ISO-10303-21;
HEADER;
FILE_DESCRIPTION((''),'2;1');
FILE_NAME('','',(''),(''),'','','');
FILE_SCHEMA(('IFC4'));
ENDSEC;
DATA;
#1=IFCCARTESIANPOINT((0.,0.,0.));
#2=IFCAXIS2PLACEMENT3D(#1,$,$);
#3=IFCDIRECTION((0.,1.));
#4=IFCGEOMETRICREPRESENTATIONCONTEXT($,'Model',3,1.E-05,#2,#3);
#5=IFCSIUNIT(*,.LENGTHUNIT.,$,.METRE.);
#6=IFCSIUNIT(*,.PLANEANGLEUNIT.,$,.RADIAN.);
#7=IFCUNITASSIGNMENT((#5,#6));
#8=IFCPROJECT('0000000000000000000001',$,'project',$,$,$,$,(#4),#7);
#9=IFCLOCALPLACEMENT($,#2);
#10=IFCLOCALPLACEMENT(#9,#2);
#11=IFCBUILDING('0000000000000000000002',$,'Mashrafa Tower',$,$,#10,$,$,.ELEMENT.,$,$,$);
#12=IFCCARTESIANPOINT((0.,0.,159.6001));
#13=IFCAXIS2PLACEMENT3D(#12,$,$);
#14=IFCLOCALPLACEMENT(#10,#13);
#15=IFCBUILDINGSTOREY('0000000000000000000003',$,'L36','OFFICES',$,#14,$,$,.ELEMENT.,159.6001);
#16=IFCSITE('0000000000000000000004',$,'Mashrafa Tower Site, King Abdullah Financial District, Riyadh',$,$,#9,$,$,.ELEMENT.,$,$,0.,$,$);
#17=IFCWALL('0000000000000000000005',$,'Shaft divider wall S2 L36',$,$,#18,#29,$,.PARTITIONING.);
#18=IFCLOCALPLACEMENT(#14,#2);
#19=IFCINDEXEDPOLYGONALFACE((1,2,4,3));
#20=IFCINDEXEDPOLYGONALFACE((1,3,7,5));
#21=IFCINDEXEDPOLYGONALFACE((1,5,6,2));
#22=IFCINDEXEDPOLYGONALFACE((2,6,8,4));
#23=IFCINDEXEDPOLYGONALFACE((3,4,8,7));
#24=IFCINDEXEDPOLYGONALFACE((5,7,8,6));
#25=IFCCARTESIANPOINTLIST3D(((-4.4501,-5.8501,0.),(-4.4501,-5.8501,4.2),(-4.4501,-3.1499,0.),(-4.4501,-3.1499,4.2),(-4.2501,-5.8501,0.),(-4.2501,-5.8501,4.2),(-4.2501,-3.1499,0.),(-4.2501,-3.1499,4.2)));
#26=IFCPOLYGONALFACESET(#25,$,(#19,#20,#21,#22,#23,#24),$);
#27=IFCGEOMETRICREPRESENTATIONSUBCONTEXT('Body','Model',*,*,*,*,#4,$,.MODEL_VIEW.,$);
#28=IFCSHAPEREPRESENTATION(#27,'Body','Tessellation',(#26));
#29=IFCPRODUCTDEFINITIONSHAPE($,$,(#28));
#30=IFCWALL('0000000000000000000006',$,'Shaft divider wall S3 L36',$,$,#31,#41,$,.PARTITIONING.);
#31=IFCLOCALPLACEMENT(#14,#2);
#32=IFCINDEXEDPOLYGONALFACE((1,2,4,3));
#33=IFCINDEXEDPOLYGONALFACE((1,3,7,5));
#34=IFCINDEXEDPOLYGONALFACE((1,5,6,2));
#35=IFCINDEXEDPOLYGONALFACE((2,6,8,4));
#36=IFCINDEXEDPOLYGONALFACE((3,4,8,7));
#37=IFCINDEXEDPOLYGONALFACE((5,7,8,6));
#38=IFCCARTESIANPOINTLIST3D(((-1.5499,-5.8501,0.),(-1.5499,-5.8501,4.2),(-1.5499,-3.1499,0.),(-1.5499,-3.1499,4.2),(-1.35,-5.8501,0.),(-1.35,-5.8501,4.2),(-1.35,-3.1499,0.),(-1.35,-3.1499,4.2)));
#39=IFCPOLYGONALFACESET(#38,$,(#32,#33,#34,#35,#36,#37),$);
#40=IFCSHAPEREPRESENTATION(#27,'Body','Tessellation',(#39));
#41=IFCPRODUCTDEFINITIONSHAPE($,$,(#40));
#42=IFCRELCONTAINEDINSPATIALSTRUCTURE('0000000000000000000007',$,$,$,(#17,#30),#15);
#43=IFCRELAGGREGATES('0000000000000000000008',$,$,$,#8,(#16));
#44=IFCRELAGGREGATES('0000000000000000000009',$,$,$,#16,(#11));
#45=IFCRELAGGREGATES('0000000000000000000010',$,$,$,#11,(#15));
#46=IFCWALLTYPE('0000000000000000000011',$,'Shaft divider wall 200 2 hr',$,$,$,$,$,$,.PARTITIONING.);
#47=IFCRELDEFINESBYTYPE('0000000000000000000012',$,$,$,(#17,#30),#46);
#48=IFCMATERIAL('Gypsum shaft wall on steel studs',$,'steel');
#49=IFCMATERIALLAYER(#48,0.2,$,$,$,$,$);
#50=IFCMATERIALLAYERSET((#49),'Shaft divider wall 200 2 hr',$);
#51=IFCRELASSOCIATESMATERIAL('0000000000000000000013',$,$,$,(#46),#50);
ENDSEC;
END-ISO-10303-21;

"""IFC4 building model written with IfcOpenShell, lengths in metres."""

from ifc_helpers import new_model, si_unit, direction, frame, frame_2d, origin, place, context, subcontext, project, spatial, rectangle, extrude, material, layer, layer_set, type_object, element, save


model = new_model("IFC4")

# Units and contexts
model_context = context("Model", 3, precision=1e-05, world=origin(), true_north=direction((0.0, 1.0)))
body_context = subcontext(model_context, "Body", "Model", "MODEL_VIEW")
ifc_project = project(units=[si_unit("LENGTHUNIT", "METRE"), si_unit("PLANEANGLEUNIT", "RADIAN")], contexts=[model_context])

# Site, building, storey
site_placement = place(None, origin())
site = spatial("IfcSite", under=ifc_project, at=site_placement, Name="Mashrafa Tower Site, King Abdullah Financial District, Riyadh", CompositionType="ELEMENT", RefElevation=0.0)
building_placement = place(site_placement, origin())
building = spatial("IfcBuilding", under=site, at=building_placement, Name="Mashrafa Tower", CompositionType="ELEMENT")
storey_placement = place(building_placement, frame((0.0, 0.0, 159.6001)))
storey = spatial("IfcBuildingStorey", under=building, at=storey_placement, Name="L36", Description="OFFICES", CompositionType="ELEMENT", Elevation=159.6001)

# Walls
ifc_material_1 = material(Name="Gypsum shaft wall on steel studs", Category="steel")
ifc_layer_1 = layer(ifc_material_1, 0.2)
ifc_layer_set_1 = layer_set([ifc_layer_1], Name="Shaft divider wall 200 2 hr")
wall_type_1 = type_object("IfcWallType", Name="Shaft divider wall 200 2 hr", PredefinedType="PARTITIONING", material=ifc_layer_set_1)
for number, where, z_axis, x_axis, name in (
    (1, (-4.3501, -5.8501, 0.0), (0.0, 0.0, 1.0), (0.0, 1.0, 0.0), "Shaft divider wall S2 L36"),
    (2, (-1.45, -5.8501, 0.0), (0.0, 0.0, 1.0), (0.0, 1.0, 0.0), "Shaft divider wall S3 L36"),
):
    element("IfcWall", number, at=place(storey_placement, frame(where, z_axis=z_axis, x_axis=x_axis)), inside=storey, type_object=wall_type_1, Name=name, PredefinedType="PARTITIONING", context=body_context, shape_type="SweptSolid", body=[
        extrude(rectangle(XDim=2.7002, YDim=0.2, at=frame_2d((1.3501, 0.0))), origin(), (0.0, 0.0, 1.0), 4.2),
    ])

save(model, "model.ifc")
